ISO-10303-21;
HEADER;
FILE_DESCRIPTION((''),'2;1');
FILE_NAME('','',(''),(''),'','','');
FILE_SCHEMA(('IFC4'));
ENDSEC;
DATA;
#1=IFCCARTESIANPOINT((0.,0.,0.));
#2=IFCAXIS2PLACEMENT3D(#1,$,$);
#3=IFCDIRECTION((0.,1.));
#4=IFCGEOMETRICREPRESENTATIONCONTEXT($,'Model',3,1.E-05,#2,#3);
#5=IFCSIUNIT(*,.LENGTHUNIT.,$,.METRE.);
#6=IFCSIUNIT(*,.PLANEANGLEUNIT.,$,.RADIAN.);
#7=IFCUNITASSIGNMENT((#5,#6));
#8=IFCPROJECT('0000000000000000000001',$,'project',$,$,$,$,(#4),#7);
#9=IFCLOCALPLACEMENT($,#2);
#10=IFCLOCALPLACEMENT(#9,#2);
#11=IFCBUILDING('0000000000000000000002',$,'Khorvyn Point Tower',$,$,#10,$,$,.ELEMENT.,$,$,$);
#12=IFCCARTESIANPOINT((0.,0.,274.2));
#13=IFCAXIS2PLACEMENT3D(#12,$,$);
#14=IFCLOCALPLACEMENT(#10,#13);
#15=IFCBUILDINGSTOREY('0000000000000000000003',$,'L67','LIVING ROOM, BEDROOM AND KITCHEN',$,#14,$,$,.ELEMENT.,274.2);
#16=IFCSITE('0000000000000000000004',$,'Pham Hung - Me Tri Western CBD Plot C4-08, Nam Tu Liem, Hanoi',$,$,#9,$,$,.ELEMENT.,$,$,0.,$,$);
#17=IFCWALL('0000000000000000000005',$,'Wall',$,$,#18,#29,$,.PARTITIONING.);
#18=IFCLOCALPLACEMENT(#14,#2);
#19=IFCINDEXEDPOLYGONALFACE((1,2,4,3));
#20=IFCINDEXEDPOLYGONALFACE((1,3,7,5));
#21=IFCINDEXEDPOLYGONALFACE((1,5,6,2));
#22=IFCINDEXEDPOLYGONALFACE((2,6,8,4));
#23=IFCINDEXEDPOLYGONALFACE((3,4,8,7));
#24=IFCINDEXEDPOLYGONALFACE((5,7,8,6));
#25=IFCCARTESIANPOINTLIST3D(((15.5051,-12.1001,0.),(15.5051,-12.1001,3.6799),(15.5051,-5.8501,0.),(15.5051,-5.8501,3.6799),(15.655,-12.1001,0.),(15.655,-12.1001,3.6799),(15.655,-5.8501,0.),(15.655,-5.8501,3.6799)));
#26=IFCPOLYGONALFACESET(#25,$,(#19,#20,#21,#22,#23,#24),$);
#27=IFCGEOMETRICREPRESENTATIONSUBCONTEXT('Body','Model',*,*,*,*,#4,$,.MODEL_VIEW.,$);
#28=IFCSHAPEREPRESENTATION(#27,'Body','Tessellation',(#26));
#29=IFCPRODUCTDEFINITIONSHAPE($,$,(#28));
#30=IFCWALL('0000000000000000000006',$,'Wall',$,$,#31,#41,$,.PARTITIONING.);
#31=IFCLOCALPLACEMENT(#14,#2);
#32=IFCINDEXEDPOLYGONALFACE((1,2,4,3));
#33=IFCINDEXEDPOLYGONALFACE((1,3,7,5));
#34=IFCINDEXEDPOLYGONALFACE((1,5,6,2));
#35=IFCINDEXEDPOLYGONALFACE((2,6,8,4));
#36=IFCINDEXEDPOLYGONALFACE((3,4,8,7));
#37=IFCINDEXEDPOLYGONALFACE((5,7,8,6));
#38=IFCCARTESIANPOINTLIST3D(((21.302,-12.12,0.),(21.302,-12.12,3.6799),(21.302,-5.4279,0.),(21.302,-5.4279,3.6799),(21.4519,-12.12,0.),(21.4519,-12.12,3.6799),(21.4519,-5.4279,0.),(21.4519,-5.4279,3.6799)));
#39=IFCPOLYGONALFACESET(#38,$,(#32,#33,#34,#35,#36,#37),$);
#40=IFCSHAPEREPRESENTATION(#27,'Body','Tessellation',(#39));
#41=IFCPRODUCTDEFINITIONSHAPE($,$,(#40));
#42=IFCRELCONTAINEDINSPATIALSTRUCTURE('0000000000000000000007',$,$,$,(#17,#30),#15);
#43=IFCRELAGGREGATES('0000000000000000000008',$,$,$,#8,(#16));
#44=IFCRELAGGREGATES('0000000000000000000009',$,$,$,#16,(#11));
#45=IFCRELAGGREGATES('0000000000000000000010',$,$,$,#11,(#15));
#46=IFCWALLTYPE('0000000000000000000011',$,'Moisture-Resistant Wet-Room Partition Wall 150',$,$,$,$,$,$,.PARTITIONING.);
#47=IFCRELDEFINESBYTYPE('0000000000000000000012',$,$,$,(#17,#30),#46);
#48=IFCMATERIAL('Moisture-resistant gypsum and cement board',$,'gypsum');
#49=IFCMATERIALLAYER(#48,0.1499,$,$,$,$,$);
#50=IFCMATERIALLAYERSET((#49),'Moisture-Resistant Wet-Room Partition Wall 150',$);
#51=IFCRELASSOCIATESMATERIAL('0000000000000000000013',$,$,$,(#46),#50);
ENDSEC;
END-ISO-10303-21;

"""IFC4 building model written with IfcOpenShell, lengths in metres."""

from ifc_helpers import new_model, si_unit, direction, frame, frame_2d, origin, place, context, subcontext, project, spatial, rectangle, extrude, material, layer, layer_set, type_object, element, save


model = new_model("IFC4")

# Units and contexts
model_context = context("Model", 3, precision=1e-05, world=origin(), true_north=direction((0.0, 1.0)))
body_context = subcontext(model_context, "Body", "Model", "MODEL_VIEW")
ifc_project = project(units=[si_unit("LENGTHUNIT", "METRE"), si_unit("PLANEANGLEUNIT", "RADIAN")], contexts=[model_context])

# Site, building, storey
site_placement = place(None, origin())
site = spatial("IfcSite", under=ifc_project, at=site_placement, Name="Pham Hung - Me Tri Western CBD Plot C4-08, Nam Tu Liem, Hanoi", CompositionType="ELEMENT", RefElevation=0.0)
building_placement = place(site_placement, origin())
building = spatial("IfcBuilding", under=site, at=building_placement, Name="Khorvyn Point Tower", CompositionType="ELEMENT")
storey_placement = place(building_placement, frame((0.0, 0.0, 274.2)))
storey = spatial("IfcBuildingStorey", under=building, at=storey_placement, Name="L67", Description="LIVING ROOM, BEDROOM AND KITCHEN", CompositionType="ELEMENT", Elevation=274.2)

# Walls
ifc_material_1 = material(Name="Moisture-resistant gypsum and cement board", Category="gypsum")
ifc_layer_1 = layer(ifc_material_1, 0.1499)
ifc_layer_set_1 = layer_set([ifc_layer_1], Name="Moisture-Resistant Wet-Room Partition Wall 150")
wall_type_1 = type_object("IfcWallType", Name="Moisture-Resistant Wet-Room Partition Wall 150", PredefinedType="PARTITIONING", material=ifc_layer_set_1)
wall_1_placement = place(storey_placement, frame((15.5801, -12.1001, 0.0), z_axis=(0.0, 0.0, 1.0), x_axis=(0.0, 1.0, 0.0)))
element("IfcWall", 1, at=wall_1_placement, inside=storey, type_object=wall_type_1, Name="Wall", PredefinedType="PARTITIONING", context=body_context, shape_type="SweptSolid", body=[
    extrude(rectangle(XDim=6.25, YDim=0.1499, at=frame_2d((3.125, 0.0))), origin(), (0.0, 0.0, 1.0), 3.6799),
])
wall_2_placement = place(storey_placement, frame((21.377, -12.1201, 0.0), z_axis=(0.0, 0.0, 1.0), x_axis=(0.0, 1.0, 0.0)))
element("IfcWall", 2, at=wall_2_placement, inside=storey, type_object=wall_type_1, Name="Wall", PredefinedType="PARTITIONING", context=body_context, shape_type="SweptSolid", body=[
    extrude(rectangle(XDim=6.6921, YDim=0.1499, at=frame_2d((3.3462, 0.0))), origin(), (0.0, 0.0, 1.0), 3.6799),
])

save(model, "model.ifc")
